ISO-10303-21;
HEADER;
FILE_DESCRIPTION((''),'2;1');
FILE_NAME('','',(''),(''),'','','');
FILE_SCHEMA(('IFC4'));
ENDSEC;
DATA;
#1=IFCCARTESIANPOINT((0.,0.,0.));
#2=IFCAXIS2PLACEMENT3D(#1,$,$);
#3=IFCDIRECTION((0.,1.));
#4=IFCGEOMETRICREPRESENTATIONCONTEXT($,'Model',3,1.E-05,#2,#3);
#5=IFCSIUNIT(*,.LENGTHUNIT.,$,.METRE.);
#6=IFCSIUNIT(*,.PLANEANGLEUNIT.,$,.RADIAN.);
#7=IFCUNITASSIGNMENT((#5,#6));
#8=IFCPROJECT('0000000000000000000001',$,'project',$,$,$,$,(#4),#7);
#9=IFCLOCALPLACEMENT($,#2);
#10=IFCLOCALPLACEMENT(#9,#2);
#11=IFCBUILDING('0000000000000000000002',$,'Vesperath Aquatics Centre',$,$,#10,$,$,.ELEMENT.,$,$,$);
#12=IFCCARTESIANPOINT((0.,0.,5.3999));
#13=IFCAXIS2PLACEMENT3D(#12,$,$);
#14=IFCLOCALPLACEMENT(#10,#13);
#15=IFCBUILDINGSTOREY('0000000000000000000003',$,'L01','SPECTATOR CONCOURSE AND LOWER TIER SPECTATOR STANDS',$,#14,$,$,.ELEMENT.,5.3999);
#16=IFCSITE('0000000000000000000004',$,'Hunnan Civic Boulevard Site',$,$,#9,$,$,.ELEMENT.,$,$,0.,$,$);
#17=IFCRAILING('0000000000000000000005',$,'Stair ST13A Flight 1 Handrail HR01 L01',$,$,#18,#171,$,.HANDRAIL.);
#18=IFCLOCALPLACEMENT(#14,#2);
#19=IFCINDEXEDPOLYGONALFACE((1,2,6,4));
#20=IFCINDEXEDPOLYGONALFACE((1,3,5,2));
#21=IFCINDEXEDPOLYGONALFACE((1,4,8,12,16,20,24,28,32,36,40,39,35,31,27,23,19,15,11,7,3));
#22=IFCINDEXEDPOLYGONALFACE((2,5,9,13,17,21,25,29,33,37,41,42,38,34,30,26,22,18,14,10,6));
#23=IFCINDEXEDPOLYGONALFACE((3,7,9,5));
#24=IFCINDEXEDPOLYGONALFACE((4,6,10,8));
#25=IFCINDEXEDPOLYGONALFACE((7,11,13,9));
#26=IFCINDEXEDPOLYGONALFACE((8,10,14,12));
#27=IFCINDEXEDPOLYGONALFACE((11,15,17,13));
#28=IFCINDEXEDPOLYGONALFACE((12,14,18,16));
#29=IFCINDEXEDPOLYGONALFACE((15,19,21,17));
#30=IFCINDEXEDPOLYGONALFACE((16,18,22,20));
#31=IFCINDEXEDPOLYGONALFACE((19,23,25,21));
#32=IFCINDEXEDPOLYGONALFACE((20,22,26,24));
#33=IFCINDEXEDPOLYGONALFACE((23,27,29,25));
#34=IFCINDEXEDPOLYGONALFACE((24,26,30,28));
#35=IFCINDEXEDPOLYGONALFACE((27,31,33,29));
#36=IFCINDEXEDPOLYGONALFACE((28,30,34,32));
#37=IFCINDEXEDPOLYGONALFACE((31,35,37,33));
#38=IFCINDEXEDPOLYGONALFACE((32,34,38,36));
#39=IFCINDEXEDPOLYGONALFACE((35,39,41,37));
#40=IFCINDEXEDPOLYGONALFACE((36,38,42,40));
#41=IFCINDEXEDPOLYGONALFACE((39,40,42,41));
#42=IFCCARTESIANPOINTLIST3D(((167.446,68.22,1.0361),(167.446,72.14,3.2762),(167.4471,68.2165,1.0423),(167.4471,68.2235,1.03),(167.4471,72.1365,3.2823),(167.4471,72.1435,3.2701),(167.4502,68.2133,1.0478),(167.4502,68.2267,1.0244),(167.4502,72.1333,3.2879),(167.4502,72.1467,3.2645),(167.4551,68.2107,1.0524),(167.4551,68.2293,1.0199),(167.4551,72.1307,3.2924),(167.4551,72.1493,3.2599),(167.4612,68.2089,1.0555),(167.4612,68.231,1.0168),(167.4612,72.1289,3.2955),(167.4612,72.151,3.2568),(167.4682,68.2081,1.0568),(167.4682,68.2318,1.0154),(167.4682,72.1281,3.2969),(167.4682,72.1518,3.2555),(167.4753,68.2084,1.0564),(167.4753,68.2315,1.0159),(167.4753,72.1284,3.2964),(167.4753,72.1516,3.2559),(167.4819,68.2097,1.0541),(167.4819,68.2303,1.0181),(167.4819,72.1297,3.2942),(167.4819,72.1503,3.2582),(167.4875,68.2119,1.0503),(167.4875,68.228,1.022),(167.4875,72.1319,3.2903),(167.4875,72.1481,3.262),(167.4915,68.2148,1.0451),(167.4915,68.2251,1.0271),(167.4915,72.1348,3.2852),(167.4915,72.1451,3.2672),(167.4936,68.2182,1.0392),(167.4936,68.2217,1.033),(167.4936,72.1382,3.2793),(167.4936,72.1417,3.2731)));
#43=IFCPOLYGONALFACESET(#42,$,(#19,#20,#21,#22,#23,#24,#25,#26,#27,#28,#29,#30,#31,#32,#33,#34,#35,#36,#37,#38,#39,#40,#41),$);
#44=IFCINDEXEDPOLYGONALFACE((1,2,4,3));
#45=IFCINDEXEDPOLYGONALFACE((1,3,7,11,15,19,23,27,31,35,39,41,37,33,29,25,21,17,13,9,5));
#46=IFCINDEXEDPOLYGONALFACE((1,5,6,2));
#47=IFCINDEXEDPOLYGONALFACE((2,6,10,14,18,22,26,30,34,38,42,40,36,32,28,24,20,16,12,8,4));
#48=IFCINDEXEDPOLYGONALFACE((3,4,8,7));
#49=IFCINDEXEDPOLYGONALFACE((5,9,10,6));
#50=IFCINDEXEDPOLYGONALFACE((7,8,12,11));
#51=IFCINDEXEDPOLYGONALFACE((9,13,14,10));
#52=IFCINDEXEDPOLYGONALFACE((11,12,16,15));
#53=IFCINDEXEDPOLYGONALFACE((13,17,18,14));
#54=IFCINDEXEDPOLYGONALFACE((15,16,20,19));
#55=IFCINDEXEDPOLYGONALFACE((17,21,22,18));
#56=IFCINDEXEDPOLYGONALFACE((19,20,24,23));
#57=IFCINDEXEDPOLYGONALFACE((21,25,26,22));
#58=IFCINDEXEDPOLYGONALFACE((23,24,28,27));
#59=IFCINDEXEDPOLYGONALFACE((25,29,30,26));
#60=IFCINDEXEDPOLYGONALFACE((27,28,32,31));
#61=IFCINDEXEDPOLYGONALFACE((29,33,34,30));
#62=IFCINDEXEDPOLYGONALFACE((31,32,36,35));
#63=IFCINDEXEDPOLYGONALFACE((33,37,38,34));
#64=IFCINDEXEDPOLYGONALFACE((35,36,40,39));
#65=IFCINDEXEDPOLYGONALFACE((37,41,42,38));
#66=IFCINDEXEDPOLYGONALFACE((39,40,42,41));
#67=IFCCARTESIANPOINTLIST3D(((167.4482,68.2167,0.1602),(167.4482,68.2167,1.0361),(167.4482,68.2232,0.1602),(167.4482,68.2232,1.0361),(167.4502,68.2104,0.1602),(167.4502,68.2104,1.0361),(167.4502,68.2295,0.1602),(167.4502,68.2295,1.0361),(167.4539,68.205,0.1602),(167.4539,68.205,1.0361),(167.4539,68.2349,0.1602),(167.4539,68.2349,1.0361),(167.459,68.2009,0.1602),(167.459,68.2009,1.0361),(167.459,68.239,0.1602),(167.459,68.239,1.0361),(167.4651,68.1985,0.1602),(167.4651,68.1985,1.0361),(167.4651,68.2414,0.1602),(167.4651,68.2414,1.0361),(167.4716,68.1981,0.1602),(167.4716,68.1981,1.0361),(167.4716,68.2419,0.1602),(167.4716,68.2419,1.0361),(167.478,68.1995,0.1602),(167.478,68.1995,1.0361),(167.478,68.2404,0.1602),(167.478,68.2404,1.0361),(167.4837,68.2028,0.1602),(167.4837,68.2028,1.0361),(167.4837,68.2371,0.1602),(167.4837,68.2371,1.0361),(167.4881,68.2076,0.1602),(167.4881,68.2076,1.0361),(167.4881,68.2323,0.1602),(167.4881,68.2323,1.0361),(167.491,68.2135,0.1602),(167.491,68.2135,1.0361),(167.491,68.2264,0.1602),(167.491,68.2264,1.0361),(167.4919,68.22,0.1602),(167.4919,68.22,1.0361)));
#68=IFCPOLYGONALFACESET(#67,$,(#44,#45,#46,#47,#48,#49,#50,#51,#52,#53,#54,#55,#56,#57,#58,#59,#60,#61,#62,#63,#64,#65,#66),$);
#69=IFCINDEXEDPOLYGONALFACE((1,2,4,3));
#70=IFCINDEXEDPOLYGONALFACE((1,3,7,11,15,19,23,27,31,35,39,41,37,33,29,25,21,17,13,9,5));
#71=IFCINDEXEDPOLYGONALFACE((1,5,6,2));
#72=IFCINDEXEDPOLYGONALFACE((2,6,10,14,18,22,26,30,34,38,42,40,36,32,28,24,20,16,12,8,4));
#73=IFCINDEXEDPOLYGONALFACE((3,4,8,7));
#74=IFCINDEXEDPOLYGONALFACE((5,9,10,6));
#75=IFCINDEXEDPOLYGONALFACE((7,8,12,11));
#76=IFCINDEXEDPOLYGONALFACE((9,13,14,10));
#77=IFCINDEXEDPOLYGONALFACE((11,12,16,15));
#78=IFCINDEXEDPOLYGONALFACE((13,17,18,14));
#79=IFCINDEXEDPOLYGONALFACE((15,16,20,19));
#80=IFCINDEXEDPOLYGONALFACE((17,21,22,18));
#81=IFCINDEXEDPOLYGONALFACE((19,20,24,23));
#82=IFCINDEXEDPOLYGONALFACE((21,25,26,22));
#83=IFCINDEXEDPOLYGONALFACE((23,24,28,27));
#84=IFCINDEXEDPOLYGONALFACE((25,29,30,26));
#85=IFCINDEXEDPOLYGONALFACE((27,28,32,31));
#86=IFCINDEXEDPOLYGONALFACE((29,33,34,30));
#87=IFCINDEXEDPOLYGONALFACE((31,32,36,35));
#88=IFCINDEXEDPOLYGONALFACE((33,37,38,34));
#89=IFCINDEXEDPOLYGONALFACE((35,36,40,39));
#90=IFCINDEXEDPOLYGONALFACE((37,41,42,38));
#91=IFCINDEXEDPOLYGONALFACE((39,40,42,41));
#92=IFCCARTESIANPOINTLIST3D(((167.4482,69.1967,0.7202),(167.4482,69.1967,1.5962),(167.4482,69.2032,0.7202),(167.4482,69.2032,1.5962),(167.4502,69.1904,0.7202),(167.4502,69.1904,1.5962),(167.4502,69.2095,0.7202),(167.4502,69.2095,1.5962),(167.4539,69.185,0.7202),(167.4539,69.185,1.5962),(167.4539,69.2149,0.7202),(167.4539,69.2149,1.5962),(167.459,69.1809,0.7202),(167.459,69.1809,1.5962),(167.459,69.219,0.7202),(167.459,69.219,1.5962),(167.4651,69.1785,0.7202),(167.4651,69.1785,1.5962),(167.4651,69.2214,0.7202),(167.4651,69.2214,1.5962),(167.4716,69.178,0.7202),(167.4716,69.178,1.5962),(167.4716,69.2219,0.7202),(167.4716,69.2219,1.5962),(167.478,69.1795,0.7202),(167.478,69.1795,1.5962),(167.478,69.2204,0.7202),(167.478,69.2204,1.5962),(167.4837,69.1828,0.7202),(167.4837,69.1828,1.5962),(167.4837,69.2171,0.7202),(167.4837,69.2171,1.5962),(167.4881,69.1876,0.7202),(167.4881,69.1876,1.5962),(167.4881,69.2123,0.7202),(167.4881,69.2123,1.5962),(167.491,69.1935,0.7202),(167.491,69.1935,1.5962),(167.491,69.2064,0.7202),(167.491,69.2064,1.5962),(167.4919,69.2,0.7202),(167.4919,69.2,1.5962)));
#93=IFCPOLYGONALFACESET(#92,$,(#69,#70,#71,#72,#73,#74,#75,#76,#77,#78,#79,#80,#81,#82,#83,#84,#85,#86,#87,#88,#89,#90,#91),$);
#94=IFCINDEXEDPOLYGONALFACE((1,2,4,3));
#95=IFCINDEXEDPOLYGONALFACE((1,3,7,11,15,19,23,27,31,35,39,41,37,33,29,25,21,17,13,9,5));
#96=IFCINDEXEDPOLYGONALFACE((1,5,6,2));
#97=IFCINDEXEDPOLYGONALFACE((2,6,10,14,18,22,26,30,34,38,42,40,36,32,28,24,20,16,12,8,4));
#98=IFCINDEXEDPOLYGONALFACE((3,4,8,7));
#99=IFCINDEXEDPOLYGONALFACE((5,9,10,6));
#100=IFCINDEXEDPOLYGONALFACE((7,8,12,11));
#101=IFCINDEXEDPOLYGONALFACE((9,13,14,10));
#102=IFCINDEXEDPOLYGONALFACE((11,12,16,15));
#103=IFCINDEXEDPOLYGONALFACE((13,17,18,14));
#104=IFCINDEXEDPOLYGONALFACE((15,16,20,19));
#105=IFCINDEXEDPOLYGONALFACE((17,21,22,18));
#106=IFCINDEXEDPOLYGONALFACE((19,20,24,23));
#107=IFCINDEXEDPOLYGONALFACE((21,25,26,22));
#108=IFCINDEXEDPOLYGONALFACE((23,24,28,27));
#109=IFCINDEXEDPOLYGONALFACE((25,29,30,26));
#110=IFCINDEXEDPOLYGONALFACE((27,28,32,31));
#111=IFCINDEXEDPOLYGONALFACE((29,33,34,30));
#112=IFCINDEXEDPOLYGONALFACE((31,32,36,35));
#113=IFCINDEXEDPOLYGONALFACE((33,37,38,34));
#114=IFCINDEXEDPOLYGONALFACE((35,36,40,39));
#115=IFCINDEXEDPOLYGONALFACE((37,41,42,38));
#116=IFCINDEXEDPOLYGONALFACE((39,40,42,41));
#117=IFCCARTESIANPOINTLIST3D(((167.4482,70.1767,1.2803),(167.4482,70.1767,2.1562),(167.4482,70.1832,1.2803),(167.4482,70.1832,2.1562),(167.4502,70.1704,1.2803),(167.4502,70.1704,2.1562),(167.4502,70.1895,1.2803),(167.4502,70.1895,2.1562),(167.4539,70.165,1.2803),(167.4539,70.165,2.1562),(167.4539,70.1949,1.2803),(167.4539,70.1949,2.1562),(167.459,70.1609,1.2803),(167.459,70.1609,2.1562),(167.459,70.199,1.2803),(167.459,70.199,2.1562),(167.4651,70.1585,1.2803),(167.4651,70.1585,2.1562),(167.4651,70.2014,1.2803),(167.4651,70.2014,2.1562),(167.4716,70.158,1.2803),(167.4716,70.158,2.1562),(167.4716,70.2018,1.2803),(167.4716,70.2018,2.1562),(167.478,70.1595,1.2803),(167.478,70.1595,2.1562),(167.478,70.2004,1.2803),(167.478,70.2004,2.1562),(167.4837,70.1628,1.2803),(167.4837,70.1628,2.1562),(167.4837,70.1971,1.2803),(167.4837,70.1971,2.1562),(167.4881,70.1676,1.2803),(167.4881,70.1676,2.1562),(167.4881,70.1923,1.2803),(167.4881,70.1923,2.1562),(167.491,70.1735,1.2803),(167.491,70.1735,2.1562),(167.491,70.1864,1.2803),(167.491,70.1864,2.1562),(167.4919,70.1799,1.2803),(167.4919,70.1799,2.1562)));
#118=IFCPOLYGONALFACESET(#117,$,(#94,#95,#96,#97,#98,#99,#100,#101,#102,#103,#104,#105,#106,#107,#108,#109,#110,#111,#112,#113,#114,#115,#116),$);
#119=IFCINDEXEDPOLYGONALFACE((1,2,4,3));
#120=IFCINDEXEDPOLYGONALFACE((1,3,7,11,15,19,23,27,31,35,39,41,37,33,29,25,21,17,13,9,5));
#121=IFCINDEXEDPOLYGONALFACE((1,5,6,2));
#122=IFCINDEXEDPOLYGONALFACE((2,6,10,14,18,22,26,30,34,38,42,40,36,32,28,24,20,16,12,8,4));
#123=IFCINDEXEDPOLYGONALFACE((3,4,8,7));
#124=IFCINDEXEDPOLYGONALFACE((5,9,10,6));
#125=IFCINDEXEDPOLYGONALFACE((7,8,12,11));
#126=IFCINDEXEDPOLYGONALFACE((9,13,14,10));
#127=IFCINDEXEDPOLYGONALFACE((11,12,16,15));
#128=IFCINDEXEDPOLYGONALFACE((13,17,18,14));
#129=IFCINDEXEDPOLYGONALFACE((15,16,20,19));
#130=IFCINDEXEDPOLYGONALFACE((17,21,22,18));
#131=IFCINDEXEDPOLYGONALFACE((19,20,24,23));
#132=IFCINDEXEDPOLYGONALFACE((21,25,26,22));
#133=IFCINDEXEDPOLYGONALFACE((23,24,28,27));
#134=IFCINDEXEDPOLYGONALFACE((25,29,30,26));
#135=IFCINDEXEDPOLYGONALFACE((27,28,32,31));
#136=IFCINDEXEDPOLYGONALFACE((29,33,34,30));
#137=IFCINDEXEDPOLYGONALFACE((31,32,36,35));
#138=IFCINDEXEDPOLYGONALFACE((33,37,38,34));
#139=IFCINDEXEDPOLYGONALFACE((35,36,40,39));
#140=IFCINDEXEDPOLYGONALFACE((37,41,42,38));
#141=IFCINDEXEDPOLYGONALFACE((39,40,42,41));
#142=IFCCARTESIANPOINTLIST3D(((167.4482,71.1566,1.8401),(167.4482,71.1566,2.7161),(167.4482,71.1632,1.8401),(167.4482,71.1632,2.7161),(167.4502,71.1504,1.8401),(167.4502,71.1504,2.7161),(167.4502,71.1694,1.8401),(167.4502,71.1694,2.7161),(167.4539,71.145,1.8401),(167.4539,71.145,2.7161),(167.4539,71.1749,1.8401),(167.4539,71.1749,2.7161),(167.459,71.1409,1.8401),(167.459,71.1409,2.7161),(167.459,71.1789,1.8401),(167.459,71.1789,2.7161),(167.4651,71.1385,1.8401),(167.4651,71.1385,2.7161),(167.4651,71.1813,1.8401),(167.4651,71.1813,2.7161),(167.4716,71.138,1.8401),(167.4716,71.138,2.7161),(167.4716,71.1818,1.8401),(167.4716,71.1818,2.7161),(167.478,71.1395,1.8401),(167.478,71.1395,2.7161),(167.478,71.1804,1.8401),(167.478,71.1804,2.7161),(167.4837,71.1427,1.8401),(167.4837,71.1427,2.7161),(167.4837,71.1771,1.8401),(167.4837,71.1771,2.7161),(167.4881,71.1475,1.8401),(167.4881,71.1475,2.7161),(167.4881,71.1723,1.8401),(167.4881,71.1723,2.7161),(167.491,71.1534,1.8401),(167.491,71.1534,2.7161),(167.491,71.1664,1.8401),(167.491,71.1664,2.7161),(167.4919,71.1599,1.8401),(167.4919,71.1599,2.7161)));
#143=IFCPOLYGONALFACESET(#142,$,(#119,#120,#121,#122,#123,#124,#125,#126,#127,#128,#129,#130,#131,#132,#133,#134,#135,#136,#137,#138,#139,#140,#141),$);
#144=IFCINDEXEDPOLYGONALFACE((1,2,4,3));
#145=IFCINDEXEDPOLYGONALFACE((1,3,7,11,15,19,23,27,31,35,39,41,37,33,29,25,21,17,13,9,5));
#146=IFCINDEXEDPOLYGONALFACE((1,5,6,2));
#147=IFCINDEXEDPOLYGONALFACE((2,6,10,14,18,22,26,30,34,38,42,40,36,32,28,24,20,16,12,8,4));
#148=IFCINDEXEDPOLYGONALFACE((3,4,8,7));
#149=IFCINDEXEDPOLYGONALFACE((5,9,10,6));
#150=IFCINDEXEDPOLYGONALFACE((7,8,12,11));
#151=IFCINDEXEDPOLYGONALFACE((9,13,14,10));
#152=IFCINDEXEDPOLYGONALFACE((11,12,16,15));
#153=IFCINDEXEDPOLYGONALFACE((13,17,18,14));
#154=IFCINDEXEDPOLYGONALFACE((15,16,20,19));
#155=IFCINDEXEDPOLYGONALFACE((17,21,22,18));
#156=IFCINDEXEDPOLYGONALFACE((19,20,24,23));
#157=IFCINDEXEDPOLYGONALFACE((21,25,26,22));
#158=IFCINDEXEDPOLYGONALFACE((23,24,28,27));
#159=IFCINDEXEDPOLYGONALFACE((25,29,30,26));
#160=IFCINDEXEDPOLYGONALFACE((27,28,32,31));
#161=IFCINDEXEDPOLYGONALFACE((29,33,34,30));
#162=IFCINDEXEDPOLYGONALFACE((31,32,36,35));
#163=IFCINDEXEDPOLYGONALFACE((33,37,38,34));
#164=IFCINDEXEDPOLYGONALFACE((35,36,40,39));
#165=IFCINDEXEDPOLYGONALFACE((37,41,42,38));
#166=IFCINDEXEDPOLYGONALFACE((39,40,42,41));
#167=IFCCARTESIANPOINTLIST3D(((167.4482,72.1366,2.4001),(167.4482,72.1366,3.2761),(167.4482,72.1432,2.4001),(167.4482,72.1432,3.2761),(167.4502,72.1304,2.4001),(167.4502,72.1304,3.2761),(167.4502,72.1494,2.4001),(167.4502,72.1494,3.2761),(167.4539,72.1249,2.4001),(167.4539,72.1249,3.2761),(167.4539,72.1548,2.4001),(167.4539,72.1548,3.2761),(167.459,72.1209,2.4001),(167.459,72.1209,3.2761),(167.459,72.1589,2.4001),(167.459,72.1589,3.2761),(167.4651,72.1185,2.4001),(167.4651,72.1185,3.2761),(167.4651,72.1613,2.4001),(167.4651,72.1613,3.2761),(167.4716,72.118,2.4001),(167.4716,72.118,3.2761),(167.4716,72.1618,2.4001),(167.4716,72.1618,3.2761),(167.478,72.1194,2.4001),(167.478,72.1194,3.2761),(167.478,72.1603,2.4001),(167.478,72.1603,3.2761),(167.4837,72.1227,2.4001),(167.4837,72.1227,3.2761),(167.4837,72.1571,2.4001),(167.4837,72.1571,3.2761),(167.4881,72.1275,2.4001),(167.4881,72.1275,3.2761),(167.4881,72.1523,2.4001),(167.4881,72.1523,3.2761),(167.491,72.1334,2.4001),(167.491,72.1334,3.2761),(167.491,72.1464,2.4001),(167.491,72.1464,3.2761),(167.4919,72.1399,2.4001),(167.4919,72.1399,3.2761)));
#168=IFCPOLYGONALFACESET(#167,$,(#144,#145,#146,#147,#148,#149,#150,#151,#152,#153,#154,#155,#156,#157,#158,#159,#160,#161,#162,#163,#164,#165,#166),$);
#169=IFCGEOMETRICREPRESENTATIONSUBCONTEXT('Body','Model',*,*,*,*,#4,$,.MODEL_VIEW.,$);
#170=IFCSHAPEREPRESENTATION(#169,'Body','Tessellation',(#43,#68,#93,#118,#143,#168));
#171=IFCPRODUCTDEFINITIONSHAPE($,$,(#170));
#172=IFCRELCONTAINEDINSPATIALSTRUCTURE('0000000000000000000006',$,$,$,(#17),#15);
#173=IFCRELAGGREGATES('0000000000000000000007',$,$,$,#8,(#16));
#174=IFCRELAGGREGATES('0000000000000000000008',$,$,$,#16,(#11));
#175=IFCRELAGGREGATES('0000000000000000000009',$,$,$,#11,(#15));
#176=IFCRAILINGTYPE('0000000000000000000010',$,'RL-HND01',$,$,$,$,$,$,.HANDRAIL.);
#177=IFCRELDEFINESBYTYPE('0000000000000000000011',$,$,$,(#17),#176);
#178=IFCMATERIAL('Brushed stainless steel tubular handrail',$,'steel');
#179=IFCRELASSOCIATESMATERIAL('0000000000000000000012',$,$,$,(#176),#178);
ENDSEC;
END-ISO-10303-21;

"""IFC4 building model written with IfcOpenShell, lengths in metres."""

from ifc_helpers import new_model, si_unit, direction, frame, origin, origin_2d, place, context, subcontext, project, spatial, circle, extrude, material, type_object, element, save


model = new_model("IFC4")

# Units and contexts
model_context = context("Model", 3, precision=1e-05, world=origin(), true_north=direction((0.0, 1.0)))
body_context = subcontext(model_context, "Body", "Model", "MODEL_VIEW")
ifc_project = project(units=[si_unit("LENGTHUNIT", "METRE"), si_unit("PLANEANGLEUNIT", "RADIAN")], contexts=[model_context])

# Site, building, storey
site_placement = place(None, origin())
site = spatial("IfcSite", under=ifc_project, at=site_placement, Name="Hunnan Civic Boulevard Site", CompositionType="ELEMENT", RefElevation=0.0)
building_placement = place(site_placement, origin())
building = spatial("IfcBuilding", under=site, at=building_placement, Name="Vesperath Aquatics Centre", CompositionType="ELEMENT")
storey_placement = place(building_placement, frame((0.0, 0.0, 5.3999)))
storey = spatial("IfcBuildingStorey", under=building, at=storey_placement, Name="L01", Description="SPECTATOR CONCOURSE AND LOWER TIER SPECTATOR STANDS", CompositionType="ELEMENT", Elevation=5.3999)

# Railing
ifc_material_1 = material(Name="Brushed stainless steel tubular handrail", Category="steel")
railing_type_1 = type_object("IfcRailingType", Name="RL-HND01", PredefinedType="HANDRAIL", material=ifc_material_1)
railing_1_placement = place(storey_placement, frame((167.47, 68.22, 0.1602)))
element("IfcRailing", 1, at=railing_1_placement, inside=storey, type_object=railing_type_1, Name="Stair ST13A Flight 1 Handrail HR01 L01", PredefinedType="HANDRAIL", context=body_context, shape_type="SweptSolid", body=[
    extrude(circle(Radius=0.0239, at=origin_2d()), frame((0.0, 0.0, 0.876), z_axis=(0.0, 0.86824, 0.496145), x_axis=(-1.0, 0.0, 0.0)), (0.0, 0.0, 1.0), 4.5149),
    extrude(circle(Radius=0.022, at=origin_2d()), origin(), (0.0, 0.0, 1.0), 0.876),
    extrude(circle(Radius=0.022, at=origin_2d()), frame((0.0, 0.98, 0.5601)), (0.0, 0.0, 1.0), 0.876),
    extrude(circle(Radius=0.022, at=origin_2d()), frame((0.0, 1.96, 1.1201)), (0.0, 0.0, 1.0), 0.876),
    extrude(circle(Radius=0.022, at=origin_2d()), frame((0.0, 2.9399, 1.6799)), (0.0, 0.0, 1.0), 0.876),
    extrude(circle(Radius=0.022, at=origin_2d()), frame((0.0, 3.9199, 2.24)), (0.0, 0.0, 1.0), 0.876),
])

save(model, "model.ifc")
